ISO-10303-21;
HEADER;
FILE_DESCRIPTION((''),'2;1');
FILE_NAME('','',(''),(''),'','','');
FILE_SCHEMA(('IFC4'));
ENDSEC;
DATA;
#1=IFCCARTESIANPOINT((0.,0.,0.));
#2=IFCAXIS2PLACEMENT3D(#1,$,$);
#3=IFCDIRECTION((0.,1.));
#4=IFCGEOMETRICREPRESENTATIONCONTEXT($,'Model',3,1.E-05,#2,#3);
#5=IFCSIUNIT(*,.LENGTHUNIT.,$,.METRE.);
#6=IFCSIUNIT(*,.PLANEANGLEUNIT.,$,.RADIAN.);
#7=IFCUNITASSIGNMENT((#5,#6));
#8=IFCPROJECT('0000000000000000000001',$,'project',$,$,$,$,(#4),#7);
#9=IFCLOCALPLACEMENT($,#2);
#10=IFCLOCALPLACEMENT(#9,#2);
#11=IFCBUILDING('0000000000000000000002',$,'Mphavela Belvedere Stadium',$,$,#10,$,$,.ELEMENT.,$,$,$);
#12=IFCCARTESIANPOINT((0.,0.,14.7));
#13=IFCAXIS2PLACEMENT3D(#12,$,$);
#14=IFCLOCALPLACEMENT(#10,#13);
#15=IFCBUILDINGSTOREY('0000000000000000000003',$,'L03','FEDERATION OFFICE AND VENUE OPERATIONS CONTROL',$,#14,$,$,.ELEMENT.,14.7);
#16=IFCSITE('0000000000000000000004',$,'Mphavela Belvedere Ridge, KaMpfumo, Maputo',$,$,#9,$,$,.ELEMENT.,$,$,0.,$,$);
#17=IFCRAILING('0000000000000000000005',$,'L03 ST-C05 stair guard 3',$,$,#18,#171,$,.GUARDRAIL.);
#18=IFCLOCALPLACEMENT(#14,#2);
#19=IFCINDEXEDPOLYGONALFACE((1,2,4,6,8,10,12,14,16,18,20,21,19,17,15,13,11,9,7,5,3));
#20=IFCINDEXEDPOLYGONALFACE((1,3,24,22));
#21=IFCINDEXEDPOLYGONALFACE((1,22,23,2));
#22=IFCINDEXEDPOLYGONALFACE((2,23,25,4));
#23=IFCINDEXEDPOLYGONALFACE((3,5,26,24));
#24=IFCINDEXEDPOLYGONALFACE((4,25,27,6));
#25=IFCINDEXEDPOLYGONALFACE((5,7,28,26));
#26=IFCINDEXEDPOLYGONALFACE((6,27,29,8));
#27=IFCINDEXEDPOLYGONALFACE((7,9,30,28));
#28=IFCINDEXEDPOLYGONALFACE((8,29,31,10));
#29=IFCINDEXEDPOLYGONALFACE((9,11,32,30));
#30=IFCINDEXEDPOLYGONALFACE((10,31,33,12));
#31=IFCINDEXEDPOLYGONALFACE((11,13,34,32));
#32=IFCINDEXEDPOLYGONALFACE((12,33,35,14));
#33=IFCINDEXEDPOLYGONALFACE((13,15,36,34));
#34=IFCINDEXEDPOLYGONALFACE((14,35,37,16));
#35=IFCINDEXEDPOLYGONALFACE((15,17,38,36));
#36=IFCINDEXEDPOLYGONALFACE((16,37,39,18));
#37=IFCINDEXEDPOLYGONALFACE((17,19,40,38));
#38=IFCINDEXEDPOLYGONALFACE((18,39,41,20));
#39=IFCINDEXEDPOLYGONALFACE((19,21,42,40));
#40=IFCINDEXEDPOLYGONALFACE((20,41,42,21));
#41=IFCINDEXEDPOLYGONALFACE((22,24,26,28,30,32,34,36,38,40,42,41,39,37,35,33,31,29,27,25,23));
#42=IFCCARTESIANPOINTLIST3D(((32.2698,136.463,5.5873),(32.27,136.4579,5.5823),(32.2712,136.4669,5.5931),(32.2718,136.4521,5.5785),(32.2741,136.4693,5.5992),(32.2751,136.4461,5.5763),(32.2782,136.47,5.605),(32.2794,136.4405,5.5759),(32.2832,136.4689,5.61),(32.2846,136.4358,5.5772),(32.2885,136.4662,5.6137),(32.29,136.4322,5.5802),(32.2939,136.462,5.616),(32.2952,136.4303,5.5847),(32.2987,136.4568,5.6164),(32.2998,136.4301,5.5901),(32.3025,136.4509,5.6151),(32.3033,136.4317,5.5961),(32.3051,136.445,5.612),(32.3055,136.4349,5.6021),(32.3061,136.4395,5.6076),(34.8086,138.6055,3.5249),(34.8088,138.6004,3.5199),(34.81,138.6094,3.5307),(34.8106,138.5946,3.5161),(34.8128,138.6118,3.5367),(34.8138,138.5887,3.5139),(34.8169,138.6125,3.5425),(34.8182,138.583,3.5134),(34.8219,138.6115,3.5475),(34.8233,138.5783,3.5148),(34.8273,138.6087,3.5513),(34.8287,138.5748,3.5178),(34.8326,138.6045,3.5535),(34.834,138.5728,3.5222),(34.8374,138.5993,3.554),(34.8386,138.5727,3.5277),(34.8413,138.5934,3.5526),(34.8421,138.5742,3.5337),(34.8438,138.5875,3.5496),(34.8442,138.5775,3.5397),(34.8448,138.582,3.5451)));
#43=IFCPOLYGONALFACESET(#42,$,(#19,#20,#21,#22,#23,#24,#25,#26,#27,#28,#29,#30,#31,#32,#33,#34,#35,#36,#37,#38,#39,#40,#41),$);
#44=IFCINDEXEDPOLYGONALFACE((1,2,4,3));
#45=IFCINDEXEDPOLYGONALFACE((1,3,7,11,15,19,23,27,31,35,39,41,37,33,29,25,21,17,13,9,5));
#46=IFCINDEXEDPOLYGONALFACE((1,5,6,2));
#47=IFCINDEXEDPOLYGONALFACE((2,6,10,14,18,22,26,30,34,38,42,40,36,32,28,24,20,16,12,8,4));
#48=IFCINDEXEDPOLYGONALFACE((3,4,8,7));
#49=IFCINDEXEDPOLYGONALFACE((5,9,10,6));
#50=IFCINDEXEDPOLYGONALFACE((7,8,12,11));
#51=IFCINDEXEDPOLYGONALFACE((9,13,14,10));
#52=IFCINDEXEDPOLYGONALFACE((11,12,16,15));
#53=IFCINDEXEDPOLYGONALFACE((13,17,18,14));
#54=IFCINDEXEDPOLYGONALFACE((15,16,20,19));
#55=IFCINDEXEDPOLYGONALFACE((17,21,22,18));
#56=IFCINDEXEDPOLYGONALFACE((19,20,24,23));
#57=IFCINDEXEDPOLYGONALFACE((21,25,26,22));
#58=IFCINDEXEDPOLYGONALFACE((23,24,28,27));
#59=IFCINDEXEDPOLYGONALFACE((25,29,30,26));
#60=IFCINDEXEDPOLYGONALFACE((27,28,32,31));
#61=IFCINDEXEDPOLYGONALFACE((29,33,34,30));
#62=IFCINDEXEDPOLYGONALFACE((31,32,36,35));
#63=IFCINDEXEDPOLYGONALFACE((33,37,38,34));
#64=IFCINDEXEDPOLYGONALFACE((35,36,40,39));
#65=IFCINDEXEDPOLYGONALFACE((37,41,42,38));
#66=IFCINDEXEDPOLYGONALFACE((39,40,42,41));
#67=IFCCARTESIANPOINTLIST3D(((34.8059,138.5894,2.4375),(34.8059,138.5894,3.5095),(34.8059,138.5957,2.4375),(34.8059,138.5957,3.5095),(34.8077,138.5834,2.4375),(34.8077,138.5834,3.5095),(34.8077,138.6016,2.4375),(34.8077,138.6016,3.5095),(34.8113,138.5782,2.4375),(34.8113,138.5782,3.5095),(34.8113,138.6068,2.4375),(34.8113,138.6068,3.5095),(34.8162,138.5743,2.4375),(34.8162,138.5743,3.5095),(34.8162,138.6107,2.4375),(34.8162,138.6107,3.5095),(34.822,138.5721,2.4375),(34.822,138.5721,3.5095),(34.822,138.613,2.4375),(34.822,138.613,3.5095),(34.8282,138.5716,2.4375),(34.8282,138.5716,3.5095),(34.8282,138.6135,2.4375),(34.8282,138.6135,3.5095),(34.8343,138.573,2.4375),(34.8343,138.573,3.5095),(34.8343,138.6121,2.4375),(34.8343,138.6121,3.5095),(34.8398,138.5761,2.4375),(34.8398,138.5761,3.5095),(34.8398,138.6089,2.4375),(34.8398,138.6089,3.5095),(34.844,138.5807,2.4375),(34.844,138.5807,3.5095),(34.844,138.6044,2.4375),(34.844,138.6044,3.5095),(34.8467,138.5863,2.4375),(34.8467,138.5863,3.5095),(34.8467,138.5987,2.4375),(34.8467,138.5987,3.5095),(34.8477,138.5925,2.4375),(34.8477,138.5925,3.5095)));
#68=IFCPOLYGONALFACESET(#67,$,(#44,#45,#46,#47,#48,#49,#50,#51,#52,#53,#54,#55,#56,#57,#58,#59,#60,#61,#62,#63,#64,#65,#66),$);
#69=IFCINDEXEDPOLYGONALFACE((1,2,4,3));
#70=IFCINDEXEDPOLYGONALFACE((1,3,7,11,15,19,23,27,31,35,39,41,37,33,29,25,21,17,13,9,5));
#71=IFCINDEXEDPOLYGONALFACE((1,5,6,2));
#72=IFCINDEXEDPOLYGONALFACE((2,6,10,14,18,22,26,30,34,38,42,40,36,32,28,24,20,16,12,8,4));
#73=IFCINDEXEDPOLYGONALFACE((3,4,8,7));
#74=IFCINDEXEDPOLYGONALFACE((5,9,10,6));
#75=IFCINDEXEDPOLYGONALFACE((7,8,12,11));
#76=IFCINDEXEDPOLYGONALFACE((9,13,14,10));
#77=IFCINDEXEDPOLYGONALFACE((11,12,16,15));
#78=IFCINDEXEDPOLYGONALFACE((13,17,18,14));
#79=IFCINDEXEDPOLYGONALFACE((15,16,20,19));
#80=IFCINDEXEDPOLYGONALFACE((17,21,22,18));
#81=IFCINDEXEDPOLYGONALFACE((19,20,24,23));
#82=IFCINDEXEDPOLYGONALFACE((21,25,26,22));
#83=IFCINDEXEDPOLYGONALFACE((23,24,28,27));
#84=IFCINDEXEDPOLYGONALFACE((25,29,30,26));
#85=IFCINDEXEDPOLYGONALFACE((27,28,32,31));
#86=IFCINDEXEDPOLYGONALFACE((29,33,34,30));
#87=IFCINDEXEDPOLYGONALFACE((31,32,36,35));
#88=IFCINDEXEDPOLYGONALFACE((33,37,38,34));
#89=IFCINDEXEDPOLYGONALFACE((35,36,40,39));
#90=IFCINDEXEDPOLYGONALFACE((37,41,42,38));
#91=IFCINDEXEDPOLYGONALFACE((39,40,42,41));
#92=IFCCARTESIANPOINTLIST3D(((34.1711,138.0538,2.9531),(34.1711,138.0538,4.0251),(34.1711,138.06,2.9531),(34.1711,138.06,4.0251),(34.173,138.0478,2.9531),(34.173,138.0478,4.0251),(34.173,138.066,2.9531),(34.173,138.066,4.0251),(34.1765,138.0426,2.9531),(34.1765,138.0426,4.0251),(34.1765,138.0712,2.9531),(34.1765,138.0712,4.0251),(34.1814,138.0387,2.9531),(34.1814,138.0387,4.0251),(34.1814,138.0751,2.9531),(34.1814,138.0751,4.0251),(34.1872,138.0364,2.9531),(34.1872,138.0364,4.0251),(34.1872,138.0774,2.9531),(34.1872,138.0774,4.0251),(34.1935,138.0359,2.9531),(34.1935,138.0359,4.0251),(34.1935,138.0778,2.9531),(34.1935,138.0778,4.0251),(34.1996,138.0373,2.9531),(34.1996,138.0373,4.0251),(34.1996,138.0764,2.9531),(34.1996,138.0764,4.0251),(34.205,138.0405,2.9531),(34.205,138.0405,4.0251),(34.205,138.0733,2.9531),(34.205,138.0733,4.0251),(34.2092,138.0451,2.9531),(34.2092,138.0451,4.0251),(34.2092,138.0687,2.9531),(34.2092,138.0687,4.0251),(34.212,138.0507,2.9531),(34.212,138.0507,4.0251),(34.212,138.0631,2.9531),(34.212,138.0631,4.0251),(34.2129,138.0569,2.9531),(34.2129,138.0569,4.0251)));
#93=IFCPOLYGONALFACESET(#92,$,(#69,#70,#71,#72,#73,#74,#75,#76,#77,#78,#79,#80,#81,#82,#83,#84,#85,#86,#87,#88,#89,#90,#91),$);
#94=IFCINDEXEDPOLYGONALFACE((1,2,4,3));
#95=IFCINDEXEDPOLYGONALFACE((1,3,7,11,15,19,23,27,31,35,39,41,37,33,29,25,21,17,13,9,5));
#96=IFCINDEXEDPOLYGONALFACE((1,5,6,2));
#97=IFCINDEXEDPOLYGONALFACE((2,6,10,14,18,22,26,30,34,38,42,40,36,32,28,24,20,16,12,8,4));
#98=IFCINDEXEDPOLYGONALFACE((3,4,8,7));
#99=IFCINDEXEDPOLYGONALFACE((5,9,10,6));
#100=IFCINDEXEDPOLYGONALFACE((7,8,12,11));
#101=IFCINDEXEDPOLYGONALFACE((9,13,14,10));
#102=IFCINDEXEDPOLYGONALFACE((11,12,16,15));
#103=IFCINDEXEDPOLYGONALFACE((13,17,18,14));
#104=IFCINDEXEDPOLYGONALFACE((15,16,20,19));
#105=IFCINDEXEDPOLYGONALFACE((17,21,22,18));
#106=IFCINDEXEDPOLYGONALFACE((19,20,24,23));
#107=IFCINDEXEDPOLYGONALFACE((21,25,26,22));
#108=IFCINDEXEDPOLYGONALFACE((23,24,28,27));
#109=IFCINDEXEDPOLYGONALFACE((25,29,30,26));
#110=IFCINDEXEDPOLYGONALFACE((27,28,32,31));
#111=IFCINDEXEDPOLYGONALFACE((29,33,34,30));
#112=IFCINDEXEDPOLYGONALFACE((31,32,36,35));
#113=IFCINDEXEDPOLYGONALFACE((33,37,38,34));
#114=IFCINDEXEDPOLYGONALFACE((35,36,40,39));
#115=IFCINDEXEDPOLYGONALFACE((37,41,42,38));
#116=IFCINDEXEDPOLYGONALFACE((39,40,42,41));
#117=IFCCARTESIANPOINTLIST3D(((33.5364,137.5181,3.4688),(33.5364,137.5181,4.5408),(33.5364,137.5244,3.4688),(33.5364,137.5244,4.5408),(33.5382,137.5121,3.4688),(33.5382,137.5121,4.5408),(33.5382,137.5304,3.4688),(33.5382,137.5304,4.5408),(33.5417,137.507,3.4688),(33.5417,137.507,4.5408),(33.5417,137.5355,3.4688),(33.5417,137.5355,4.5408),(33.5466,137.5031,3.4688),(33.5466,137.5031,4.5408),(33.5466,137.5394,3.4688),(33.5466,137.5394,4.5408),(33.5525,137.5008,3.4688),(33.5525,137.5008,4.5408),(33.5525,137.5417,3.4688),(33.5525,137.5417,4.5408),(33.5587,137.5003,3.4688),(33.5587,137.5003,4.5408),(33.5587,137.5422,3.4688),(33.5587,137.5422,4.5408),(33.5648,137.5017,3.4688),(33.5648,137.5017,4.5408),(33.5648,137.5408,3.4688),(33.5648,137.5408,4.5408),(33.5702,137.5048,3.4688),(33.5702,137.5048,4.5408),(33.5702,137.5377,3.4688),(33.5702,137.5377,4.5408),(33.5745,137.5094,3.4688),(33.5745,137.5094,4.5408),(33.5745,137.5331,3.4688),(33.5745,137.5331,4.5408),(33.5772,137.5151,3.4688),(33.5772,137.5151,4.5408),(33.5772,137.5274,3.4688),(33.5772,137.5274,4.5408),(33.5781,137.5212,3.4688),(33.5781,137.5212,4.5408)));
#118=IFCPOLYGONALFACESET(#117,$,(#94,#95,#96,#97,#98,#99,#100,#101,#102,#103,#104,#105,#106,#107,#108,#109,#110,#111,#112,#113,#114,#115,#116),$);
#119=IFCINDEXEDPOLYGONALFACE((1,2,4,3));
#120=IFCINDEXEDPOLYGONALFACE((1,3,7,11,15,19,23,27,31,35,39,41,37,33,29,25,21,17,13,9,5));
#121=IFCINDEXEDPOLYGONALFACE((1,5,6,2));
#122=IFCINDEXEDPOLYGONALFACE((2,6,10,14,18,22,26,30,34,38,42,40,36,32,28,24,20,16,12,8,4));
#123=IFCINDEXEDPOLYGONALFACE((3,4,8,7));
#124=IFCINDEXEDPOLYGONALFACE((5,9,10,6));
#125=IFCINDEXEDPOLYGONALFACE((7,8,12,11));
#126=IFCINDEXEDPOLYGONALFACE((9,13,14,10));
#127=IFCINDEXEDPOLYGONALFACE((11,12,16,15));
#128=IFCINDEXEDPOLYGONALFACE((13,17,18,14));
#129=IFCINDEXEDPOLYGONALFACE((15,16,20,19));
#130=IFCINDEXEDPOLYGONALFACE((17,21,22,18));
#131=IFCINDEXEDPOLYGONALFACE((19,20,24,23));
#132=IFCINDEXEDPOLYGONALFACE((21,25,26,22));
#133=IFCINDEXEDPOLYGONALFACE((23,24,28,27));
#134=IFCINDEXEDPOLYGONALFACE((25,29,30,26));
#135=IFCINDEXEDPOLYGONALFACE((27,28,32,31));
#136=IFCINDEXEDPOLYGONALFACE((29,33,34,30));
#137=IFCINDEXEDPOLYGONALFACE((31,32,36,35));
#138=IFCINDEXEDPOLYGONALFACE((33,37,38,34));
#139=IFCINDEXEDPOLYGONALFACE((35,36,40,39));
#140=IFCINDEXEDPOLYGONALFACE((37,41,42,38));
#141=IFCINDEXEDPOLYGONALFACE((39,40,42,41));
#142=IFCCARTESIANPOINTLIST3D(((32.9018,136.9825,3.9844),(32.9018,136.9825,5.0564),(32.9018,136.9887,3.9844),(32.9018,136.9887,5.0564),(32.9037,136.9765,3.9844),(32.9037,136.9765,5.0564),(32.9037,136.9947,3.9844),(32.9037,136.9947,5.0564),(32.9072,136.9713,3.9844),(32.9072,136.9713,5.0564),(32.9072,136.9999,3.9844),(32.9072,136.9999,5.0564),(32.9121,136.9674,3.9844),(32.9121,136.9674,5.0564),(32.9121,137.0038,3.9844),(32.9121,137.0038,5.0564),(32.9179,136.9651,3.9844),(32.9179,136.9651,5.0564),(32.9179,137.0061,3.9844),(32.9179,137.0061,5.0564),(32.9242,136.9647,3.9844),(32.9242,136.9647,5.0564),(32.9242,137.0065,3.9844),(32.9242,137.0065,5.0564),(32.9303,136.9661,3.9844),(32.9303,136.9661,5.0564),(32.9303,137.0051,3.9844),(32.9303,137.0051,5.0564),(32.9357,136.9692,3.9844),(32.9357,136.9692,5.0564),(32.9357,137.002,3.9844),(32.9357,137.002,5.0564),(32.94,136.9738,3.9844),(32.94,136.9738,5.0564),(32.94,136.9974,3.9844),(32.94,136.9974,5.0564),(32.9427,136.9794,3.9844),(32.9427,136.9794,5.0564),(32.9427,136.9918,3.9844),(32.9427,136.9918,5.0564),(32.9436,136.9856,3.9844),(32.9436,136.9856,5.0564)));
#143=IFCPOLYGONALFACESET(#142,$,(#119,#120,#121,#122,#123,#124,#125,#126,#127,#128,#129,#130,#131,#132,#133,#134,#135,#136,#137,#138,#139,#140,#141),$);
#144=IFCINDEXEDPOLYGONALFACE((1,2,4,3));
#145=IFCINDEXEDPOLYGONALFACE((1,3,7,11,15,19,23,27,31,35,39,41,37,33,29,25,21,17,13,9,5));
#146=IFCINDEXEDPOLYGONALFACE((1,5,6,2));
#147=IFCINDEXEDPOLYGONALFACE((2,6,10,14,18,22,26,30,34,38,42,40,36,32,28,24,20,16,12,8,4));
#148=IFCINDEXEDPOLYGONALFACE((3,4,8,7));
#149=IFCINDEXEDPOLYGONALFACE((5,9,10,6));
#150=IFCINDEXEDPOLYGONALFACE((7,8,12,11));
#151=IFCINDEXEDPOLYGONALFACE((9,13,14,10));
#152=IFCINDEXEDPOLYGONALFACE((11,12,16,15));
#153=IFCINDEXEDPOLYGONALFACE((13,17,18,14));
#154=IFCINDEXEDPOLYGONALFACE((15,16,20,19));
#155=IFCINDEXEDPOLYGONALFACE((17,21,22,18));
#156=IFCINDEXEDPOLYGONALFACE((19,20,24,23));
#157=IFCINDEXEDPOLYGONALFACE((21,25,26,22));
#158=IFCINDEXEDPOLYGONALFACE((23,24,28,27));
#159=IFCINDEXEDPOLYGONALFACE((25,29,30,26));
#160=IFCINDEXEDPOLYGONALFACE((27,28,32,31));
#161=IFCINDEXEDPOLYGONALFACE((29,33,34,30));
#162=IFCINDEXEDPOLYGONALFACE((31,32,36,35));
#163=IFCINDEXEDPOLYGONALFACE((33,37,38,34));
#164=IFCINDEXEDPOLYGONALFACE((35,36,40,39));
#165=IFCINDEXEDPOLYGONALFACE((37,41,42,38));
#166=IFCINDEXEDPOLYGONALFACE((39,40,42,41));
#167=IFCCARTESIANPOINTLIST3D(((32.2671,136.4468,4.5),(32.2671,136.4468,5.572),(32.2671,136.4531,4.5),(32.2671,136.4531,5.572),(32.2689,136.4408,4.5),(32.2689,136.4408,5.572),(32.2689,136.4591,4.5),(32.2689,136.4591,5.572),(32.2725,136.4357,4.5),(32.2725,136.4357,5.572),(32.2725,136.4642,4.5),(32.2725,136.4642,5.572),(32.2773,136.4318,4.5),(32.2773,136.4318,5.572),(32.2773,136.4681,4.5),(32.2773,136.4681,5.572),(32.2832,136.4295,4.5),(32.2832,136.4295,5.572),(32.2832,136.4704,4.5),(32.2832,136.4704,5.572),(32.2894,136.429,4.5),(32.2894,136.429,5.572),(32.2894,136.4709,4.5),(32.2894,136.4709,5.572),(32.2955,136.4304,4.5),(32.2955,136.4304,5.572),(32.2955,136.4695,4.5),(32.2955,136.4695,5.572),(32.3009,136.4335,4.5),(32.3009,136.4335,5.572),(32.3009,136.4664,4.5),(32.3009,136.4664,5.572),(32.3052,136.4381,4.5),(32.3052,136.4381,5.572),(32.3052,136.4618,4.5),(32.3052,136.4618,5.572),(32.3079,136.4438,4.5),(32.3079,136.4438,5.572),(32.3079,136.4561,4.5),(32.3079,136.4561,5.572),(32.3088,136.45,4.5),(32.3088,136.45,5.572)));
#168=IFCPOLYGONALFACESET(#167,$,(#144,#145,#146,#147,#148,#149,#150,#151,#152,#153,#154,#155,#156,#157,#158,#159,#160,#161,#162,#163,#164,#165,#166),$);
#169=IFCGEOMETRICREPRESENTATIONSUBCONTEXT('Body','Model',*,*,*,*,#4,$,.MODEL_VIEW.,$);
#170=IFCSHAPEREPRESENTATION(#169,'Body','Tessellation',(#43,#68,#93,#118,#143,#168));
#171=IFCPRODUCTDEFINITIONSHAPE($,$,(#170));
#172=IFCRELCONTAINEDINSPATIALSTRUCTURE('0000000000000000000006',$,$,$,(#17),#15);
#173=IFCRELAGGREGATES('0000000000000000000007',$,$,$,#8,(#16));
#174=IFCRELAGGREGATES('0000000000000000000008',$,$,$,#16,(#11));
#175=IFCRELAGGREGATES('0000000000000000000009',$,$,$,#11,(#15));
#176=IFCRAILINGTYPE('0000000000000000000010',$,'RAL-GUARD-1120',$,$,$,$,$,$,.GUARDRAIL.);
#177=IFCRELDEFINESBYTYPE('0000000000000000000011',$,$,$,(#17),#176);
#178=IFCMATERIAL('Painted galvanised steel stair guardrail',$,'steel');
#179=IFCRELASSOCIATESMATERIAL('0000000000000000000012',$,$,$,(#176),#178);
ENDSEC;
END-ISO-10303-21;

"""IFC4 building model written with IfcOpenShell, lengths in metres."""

from ifc_helpers import new_model, si_unit, direction, frame, origin, origin_2d, place, context, subcontext, project, spatial, circle, extrude, material, type_object, element, save


model = new_model("IFC4")

# Units and contexts
model_context = context("Model", 3, precision=1e-05, world=origin(), true_north=direction((0.0, 1.0)))
body_context = subcontext(model_context, "Body", "Model", "MODEL_VIEW")
ifc_project = project(units=[si_unit("LENGTHUNIT", "METRE"), si_unit("PLANEANGLEUNIT", "RADIAN")], contexts=[model_context])

# Site, building, storey
site_placement = place(None, origin())
site = spatial("IfcSite", under=ifc_project, at=site_placement, Name="Mphavela Belvedere Ridge, KaMpfumo, Maputo", CompositionType="ELEMENT", RefElevation=0.0)
building_placement = place(site_placement, origin())
building = spatial("IfcBuilding", under=site, at=building_placement, Name="Mphavela Belvedere Stadium", CompositionType="ELEMENT")
storey_placement = place(building_placement, frame((0.0, 0.0, 14.7)))
storey = spatial("IfcBuildingStorey", under=building, at=storey_placement, Name="L03", Description="FEDERATION OFFICE AND VENUE OPERATIONS CONTROL", CompositionType="ELEMENT", Elevation=14.7)

# Railing
ifc_material_1 = material(Name="Painted galvanised steel stair guardrail", Category="steel")
railing_type_1 = type_object("IfcRailingType", Name="RAL-GUARD-1120", PredefinedType="GUARDRAIL", material=ifc_material_1)
railing_1_placement = place(storey_placement, frame((34.8267, 138.5925, 2.4375)))
element("IfcRailing", 1, at=railing_1_placement, inside=storey, type_object=railing_type_1, Name="L03 ST-C05 stair guard 3", PredefinedType="GUARDRAIL", context=body_context, shape_type="SweptSolid", body=[
    extrude(circle(Radius=0.0239, at=origin_2d()), frame((0.0, 0.0, 1.0962), z_axis=(-0.649271, -0.547937, 0.527458), x_axis=(0.64495, -0.764225, 0.0)), (0.0, 0.0, 1.0), 3.9102),
    extrude(circle(Radius=0.021, at=origin_2d()), origin(), (0.0, 0.0, 1.0), 1.072),
    extrude(circle(Radius=0.021, at=origin_2d()), frame((-0.6348, -0.5356, 0.5156)), (0.0, 0.0, 1.0), 1.072),
    extrude(circle(Radius=0.021, at=origin_2d()), frame((-1.2695, -1.0713, 1.0312)), (0.0, 0.0, 1.0), 1.072),
    extrude(circle(Radius=0.021, at=origin_2d()), frame((-1.9041, -1.6069, 1.5469)), (0.0, 0.0, 1.0), 1.072),
    extrude(circle(Radius=0.021, at=origin_2d()), frame((-2.5388, -2.1426, 2.0625)), (0.0, 0.0, 1.0), 1.072),
])

save(model, "model.ifc")
